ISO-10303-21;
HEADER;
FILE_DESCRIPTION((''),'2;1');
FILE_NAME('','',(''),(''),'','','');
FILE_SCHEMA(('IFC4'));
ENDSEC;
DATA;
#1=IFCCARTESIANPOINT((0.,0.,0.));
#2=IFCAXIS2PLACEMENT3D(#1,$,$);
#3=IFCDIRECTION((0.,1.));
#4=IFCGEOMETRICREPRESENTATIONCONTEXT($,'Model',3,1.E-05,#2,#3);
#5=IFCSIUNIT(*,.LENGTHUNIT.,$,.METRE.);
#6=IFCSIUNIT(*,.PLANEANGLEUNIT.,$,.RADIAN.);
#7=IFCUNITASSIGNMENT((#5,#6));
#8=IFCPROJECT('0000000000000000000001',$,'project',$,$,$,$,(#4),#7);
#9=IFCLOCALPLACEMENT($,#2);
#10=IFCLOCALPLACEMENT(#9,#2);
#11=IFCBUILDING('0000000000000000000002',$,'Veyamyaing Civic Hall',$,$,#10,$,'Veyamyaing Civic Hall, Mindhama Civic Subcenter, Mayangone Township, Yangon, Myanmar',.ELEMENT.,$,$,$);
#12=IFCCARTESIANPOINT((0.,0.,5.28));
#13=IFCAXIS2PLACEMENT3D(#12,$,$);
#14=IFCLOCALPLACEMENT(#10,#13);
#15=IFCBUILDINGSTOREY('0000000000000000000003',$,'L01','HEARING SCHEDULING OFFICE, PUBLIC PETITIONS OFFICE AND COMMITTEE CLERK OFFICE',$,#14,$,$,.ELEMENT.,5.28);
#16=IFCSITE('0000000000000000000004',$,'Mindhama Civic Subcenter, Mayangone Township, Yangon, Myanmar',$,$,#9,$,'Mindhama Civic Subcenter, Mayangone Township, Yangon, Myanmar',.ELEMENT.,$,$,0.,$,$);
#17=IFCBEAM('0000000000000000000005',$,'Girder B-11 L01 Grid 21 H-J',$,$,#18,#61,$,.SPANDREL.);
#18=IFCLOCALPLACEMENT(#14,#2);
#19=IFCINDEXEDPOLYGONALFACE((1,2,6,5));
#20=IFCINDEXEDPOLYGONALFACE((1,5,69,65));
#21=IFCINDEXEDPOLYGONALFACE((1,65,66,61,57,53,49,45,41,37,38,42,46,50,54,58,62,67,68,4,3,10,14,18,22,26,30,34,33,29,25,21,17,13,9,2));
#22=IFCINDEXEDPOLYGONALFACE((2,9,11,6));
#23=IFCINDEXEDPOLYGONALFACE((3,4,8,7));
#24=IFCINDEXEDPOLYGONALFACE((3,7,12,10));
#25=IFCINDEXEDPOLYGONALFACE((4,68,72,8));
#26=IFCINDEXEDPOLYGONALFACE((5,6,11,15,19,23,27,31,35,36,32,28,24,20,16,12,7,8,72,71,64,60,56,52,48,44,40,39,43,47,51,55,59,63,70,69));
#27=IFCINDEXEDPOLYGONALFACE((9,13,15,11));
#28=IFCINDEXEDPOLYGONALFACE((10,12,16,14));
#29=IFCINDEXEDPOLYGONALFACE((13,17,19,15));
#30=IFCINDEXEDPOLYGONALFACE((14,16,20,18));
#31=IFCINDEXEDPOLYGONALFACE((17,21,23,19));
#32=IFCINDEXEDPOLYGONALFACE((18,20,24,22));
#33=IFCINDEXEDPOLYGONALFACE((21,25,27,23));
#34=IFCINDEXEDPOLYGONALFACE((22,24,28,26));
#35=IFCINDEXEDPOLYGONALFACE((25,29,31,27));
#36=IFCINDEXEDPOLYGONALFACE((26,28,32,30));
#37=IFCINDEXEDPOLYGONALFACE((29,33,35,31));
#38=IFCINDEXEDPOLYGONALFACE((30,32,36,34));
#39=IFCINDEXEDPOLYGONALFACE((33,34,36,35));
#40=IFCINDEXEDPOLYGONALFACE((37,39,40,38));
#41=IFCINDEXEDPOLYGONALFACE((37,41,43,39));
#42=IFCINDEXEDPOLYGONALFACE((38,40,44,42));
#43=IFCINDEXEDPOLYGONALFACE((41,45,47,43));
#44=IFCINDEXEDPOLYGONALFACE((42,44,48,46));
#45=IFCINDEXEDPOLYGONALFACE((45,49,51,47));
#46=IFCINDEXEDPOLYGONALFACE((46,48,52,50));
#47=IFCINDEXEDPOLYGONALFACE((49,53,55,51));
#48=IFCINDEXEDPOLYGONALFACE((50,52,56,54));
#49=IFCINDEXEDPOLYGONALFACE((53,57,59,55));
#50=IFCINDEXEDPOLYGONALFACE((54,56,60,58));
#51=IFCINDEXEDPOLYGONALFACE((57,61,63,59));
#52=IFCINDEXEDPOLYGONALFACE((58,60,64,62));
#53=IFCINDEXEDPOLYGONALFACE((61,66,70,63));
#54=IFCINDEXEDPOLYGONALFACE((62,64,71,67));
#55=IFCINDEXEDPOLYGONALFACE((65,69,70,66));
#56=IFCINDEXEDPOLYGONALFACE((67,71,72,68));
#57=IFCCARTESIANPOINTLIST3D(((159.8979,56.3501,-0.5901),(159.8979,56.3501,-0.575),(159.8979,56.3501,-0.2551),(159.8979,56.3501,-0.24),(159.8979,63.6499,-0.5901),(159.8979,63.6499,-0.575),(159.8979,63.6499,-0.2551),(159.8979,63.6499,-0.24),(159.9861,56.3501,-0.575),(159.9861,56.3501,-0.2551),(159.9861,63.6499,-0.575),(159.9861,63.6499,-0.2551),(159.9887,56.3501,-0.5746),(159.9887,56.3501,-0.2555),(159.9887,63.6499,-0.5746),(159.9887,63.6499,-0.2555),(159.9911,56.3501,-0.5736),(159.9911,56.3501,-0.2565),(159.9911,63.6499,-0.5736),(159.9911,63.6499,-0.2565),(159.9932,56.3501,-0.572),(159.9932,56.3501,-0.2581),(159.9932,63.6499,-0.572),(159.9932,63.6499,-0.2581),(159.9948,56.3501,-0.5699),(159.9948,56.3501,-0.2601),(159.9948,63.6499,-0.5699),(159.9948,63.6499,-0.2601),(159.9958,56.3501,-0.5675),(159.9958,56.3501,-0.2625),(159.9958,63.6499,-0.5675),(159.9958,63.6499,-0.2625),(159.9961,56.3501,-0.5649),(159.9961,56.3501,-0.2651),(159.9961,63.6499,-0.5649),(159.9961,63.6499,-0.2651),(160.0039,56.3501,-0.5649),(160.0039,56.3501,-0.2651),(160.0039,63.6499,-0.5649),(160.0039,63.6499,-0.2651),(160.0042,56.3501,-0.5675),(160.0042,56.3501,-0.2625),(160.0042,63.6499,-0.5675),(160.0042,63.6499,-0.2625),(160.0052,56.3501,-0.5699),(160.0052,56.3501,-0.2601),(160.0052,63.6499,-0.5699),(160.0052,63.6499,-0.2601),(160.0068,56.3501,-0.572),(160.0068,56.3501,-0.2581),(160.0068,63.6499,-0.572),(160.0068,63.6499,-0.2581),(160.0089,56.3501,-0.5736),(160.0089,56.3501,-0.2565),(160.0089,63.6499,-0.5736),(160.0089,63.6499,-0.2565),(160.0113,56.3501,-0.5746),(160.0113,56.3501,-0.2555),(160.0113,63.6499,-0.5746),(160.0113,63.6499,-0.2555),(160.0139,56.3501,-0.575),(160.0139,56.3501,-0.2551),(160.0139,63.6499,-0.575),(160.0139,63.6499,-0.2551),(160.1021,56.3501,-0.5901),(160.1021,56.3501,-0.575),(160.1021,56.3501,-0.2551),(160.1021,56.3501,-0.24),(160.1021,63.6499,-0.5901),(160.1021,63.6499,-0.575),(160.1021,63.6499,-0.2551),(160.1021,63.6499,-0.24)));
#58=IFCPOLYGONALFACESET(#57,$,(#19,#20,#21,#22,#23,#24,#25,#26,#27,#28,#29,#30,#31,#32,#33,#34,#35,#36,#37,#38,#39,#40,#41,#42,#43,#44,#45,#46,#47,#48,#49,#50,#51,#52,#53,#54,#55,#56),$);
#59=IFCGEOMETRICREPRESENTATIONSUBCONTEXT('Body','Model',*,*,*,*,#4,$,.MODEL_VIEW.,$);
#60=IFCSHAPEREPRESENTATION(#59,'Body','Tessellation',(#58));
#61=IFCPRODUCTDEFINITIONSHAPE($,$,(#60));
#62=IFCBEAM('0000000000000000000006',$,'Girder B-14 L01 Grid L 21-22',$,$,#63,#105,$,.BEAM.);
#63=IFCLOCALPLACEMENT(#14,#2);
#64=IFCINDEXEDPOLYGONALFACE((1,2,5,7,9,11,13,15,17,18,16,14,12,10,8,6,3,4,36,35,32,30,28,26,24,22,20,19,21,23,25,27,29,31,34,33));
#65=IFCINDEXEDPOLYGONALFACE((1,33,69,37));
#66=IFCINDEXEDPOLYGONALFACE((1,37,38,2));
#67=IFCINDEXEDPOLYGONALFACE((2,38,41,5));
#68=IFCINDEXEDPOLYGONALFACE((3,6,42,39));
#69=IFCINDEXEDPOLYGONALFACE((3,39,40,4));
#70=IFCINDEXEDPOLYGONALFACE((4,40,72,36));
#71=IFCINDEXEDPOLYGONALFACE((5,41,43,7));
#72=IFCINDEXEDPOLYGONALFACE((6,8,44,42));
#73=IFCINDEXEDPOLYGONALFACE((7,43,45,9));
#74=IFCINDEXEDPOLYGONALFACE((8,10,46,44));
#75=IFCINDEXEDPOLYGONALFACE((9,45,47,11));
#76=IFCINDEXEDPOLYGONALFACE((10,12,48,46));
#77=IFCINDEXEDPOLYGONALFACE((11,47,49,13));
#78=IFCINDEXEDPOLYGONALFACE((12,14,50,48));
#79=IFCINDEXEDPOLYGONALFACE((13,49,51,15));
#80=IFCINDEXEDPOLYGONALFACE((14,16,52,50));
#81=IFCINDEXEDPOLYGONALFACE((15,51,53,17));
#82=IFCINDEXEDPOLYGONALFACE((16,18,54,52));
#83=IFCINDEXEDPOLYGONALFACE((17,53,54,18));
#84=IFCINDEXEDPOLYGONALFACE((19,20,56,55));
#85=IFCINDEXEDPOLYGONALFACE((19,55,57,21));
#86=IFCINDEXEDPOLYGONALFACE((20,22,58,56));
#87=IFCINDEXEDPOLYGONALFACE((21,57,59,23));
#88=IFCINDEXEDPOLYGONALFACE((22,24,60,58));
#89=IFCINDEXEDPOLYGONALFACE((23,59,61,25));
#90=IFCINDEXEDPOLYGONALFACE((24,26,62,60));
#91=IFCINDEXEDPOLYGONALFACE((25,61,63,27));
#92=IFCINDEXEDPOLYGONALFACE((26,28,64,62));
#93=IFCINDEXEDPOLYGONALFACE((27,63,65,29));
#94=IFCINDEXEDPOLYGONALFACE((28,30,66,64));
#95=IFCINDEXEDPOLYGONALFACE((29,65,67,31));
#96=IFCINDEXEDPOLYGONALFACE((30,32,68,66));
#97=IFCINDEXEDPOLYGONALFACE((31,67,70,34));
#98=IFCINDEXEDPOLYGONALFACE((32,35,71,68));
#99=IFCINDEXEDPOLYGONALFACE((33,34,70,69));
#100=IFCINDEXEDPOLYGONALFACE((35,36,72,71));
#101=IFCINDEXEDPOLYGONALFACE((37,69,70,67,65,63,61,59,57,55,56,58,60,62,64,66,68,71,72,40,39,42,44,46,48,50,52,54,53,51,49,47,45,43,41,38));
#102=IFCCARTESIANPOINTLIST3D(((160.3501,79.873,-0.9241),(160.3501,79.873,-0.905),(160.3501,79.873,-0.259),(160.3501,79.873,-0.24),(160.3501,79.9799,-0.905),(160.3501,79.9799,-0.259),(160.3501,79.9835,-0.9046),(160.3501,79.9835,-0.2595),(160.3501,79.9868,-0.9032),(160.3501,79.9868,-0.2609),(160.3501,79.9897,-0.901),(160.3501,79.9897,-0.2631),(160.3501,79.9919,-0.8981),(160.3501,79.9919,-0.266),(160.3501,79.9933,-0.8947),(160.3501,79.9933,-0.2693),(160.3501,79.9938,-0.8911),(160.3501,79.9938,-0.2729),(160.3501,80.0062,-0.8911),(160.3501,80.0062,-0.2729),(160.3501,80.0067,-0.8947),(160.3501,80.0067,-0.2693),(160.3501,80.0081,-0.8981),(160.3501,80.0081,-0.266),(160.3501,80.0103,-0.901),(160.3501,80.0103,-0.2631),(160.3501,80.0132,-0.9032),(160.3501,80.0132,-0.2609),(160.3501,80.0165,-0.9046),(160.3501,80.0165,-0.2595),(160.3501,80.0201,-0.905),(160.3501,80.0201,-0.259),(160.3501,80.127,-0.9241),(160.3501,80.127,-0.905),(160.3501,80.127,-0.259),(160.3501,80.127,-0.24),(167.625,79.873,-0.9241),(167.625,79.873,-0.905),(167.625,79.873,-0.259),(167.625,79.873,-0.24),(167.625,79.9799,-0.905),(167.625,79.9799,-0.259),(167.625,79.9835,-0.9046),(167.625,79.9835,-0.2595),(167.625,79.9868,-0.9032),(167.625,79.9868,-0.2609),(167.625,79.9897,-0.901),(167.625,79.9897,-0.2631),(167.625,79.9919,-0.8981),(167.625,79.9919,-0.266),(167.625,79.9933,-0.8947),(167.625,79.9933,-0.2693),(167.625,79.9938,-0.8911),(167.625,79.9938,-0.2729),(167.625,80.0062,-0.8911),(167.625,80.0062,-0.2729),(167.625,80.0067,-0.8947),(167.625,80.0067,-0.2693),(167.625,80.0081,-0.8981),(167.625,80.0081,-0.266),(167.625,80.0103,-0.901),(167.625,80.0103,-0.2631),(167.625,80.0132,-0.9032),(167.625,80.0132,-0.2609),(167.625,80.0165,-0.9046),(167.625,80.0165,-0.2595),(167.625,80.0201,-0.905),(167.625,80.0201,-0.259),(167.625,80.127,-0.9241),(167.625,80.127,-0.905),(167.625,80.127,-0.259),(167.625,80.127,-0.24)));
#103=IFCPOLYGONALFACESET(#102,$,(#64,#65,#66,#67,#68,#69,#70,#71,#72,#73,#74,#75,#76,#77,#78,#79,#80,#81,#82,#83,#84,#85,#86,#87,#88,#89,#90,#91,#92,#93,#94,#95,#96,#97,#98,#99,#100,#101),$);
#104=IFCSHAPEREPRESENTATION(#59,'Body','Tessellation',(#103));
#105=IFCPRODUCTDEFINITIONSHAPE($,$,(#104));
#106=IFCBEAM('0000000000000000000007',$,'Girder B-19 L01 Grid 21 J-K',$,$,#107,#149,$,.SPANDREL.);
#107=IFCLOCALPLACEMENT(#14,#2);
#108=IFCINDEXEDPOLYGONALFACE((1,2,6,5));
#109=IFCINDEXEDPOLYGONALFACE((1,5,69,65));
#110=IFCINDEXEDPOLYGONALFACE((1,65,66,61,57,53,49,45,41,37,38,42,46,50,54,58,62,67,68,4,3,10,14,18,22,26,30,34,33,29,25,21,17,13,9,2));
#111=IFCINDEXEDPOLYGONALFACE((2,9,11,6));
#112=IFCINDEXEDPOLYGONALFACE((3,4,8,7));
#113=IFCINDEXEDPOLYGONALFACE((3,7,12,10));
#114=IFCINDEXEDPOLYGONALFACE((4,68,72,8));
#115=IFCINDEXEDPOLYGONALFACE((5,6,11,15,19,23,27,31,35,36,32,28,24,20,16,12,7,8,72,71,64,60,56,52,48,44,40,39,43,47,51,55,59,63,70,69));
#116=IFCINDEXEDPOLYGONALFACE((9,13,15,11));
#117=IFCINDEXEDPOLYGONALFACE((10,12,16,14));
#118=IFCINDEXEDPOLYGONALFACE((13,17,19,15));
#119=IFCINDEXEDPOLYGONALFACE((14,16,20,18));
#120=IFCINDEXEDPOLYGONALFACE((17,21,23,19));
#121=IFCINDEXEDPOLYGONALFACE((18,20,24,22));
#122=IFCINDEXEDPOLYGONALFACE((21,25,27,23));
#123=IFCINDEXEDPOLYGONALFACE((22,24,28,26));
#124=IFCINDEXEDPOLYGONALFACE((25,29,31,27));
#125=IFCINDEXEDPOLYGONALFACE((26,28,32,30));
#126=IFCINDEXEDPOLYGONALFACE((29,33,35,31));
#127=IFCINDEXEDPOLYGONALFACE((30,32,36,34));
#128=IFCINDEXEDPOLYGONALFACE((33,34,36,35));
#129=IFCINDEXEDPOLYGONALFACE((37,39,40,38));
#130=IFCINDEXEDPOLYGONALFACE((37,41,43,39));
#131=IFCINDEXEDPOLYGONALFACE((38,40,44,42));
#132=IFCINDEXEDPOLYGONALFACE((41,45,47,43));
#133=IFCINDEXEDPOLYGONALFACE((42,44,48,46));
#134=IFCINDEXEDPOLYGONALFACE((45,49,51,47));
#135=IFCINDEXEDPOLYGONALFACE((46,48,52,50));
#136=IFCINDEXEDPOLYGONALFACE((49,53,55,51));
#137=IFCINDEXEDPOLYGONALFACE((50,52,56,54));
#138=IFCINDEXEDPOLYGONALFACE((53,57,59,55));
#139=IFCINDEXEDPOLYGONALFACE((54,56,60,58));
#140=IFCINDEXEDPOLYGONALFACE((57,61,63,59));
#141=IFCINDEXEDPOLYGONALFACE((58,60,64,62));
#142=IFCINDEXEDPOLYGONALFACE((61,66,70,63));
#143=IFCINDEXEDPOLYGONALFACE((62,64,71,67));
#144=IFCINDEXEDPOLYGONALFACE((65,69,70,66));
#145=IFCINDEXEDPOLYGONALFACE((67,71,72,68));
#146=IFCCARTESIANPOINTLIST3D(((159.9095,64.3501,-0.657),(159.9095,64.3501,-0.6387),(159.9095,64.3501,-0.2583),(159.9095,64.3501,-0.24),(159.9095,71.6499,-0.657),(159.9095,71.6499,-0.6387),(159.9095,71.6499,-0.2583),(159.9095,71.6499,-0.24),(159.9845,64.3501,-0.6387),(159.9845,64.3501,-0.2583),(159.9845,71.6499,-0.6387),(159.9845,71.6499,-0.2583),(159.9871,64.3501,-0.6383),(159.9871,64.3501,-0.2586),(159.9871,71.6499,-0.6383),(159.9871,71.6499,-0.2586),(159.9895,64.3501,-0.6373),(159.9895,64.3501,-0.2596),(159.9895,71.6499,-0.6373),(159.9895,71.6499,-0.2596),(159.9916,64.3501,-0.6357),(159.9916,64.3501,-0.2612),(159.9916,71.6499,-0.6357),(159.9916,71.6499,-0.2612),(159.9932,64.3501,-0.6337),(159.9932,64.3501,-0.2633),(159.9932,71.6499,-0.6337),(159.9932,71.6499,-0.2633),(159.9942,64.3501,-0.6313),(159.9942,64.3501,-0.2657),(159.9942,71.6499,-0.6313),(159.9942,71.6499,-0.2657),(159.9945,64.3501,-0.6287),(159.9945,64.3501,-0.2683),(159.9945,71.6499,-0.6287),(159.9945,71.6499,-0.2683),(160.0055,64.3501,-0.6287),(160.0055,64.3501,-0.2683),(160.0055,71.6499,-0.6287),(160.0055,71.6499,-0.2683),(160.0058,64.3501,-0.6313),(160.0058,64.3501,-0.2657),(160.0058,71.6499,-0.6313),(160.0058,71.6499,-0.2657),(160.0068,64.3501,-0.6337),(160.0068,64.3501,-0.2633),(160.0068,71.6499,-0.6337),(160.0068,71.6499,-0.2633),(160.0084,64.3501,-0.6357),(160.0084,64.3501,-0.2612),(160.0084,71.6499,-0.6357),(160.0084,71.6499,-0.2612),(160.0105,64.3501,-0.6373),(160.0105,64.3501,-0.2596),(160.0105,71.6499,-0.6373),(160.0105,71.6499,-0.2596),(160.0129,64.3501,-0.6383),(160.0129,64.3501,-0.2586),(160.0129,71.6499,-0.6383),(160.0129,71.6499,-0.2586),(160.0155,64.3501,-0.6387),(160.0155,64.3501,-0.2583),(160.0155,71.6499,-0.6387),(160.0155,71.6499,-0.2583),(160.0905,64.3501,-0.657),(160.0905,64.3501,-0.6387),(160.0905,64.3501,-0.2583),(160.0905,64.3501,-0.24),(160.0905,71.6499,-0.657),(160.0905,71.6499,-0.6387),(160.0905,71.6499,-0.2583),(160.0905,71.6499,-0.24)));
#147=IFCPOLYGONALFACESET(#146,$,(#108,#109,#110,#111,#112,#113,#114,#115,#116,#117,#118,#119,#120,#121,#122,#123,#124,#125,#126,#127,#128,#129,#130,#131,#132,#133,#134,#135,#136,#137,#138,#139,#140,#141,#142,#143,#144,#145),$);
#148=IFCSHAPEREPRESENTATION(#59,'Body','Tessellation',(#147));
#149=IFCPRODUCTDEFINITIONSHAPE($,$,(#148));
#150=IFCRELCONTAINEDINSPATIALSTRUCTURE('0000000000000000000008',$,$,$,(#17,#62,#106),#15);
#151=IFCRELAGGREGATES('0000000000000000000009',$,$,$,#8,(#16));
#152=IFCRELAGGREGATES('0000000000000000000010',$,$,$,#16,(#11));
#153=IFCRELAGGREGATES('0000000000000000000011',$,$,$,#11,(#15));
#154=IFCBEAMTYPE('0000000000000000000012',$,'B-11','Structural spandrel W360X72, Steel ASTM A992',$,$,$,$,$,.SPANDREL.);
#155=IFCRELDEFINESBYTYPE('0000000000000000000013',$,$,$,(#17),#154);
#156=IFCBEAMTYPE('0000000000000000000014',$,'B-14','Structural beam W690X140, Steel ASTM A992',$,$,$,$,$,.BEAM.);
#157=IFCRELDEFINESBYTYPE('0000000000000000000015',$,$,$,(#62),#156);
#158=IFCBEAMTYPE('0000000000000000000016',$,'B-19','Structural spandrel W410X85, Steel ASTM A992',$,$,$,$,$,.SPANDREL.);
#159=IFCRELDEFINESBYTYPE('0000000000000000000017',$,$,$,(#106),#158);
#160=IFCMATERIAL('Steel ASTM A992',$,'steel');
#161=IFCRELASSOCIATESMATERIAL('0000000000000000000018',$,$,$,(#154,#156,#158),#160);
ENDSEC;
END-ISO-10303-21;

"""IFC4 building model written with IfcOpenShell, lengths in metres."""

from ifc_helpers import new_model, si_unit, direction, frame, origin, origin_2d, place, context, subcontext, project, spatial, i_section, extrude, material, material_profile, profile_set, type_object, element, save


model = new_model("IFC4")

# Units and contexts
model_context = context("Model", 3, precision=1e-05, world=origin(), true_north=direction((0.0, 1.0)))
body_context = subcontext(model_context, "Body", "Model", "MODEL_VIEW")
ifc_project = project(units=[si_unit("LENGTHUNIT", "METRE"), si_unit("PLANEANGLEUNIT", "RADIAN")], contexts=[model_context])

# Site, building, storey
site_placement = place(None, origin())
site = spatial("IfcSite", under=ifc_project, at=site_placement, Name="Mindhama Civic Subcenter, Mayangone Township, Yangon, Myanmar", LongName="Mindhama Civic Subcenter, Mayangone Township, Yangon, Myanmar", CompositionType="ELEMENT", RefElevation=0.0)
building_placement = place(site_placement, origin())
building = spatial("IfcBuilding", under=site, at=building_placement, Name="Veyamyaing Civic Hall", LongName="Veyamyaing Civic Hall, Mindhama Civic Subcenter, Mayangone Township, Yangon, Myanmar", CompositionType="ELEMENT")
storey_placement = place(building_placement, frame((0.0, 0.0, 5.28)))
storey = spatial("IfcBuildingStorey", under=building, at=storey_placement, Name="L01", Description="HEARING SCHEDULING OFFICE, PUBLIC PETITIONS OFFICE AND COMMITTEE CLERK OFFICE", CompositionType="ELEMENT", Elevation=5.28)

# Beams
ifc_material_1 = material(Name="Steel ASTM A992", Category="steel")
ifc_material_profile_1 = material_profile(ifc_material_1, i_section(OverallWidth=0.2041, OverallDepth=0.3501, WebThickness=0.0078, FlangeThickness=0.0151, FilletRadius=0.01, at=origin_2d()), Name="W360X72")
ifc_profile_set_1 = profile_set([ifc_material_profile_1], Name="Steel ASTM A992")
beam_type_1 = type_object("IfcBeamType", Name="B-11", Description="Structural spandrel W360X72, Steel ASTM A992", PredefinedType="SPANDREL", material=ifc_profile_set_1)
beam_1_placement = place(storey_placement, frame((160.0, 56.3501, -0.415), z_axis=(0.0, 1.0, 0.0), x_axis=(-1.0, 0.0, 0.0)))
element("IfcBeam", 1, at=beam_1_placement, inside=storey, type_object=beam_type_1, Name="Girder B-11 L01 Grid 21 H-J", PredefinedType="SPANDREL", context=body_context, shape_type="SweptSolid", body=[
    extrude(i_section(OverallWidth=0.2041, OverallDepth=0.3501, WebThickness=0.0078, FlangeThickness=0.0151, FilletRadius=0.01, at=origin_2d()), origin(), (0.0, 0.0, 1.0), 7.2998),
])
ifc_material_profile_2 = material_profile(ifc_material_1, i_section(OverallWidth=0.2539, OverallDepth=0.6841, WebThickness=0.0125, FlangeThickness=0.019, FilletRadius=0.0139, at=origin_2d()), Name="W690X140")
ifc_profile_set_2 = profile_set([ifc_material_profile_2], Name="Steel ASTM A992")
beam_type_2 = type_object("IfcBeamType", Name="B-14", Description="Structural beam W690X140, Steel ASTM A992", PredefinedType="BEAM", material=ifc_profile_set_2)
beam_2_placement = place(storey_placement, frame((160.3501, 80.0, -0.582), z_axis=(1.0, 0.0, 0.0), x_axis=(0.0, 1.0, 0.0)))
element("IfcBeam", 2, at=beam_2_placement, inside=storey, type_object=beam_type_2, Name="Girder B-14 L01 Grid L 21-22", PredefinedType="BEAM", context=body_context, shape_type="SweptSolid", body=[
    extrude(i_section(OverallWidth=0.2539, OverallDepth=0.6841, WebThickness=0.0125, FlangeThickness=0.019, FilletRadius=0.0139, at=origin_2d()), origin(), (0.0, 0.0, 1.0), 7.2749),
])
ifc_material_profile_3 = material_profile(ifc_material_1, i_section(OverallWidth=0.1809, OverallDepth=0.417, WebThickness=0.011, FlangeThickness=0.0183, FilletRadius=0.01, at=origin_2d()), Name="W410X85")
ifc_profile_set_3 = profile_set([ifc_material_profile_3], Name="Steel ASTM A992")
beam_type_3 = type_object("IfcBeamType", Name="B-19", Description="Structural spandrel W410X85, Steel ASTM A992", PredefinedType="SPANDREL", material=ifc_profile_set_3)
beam_3_placement = place(storey_placement, frame((160.0, 64.3501, -0.4485), z_axis=(0.0, 1.0, 0.0), x_axis=(-1.0, 0.0, 0.0)))
element("IfcBeam", 3, at=beam_3_placement, inside=storey, type_object=beam_type_3, Name="Girder B-19 L01 Grid 21 J-K", PredefinedType="SPANDREL", context=body_context, shape_type="SweptSolid", body=[
    extrude(i_section(OverallWidth=0.1809, OverallDepth=0.417, WebThickness=0.011, FlangeThickness=0.0183, FilletRadius=0.01, at=origin_2d()), origin(), (0.0, 0.0, 1.0), 7.2998),
])

save(model, "model.ifc")
